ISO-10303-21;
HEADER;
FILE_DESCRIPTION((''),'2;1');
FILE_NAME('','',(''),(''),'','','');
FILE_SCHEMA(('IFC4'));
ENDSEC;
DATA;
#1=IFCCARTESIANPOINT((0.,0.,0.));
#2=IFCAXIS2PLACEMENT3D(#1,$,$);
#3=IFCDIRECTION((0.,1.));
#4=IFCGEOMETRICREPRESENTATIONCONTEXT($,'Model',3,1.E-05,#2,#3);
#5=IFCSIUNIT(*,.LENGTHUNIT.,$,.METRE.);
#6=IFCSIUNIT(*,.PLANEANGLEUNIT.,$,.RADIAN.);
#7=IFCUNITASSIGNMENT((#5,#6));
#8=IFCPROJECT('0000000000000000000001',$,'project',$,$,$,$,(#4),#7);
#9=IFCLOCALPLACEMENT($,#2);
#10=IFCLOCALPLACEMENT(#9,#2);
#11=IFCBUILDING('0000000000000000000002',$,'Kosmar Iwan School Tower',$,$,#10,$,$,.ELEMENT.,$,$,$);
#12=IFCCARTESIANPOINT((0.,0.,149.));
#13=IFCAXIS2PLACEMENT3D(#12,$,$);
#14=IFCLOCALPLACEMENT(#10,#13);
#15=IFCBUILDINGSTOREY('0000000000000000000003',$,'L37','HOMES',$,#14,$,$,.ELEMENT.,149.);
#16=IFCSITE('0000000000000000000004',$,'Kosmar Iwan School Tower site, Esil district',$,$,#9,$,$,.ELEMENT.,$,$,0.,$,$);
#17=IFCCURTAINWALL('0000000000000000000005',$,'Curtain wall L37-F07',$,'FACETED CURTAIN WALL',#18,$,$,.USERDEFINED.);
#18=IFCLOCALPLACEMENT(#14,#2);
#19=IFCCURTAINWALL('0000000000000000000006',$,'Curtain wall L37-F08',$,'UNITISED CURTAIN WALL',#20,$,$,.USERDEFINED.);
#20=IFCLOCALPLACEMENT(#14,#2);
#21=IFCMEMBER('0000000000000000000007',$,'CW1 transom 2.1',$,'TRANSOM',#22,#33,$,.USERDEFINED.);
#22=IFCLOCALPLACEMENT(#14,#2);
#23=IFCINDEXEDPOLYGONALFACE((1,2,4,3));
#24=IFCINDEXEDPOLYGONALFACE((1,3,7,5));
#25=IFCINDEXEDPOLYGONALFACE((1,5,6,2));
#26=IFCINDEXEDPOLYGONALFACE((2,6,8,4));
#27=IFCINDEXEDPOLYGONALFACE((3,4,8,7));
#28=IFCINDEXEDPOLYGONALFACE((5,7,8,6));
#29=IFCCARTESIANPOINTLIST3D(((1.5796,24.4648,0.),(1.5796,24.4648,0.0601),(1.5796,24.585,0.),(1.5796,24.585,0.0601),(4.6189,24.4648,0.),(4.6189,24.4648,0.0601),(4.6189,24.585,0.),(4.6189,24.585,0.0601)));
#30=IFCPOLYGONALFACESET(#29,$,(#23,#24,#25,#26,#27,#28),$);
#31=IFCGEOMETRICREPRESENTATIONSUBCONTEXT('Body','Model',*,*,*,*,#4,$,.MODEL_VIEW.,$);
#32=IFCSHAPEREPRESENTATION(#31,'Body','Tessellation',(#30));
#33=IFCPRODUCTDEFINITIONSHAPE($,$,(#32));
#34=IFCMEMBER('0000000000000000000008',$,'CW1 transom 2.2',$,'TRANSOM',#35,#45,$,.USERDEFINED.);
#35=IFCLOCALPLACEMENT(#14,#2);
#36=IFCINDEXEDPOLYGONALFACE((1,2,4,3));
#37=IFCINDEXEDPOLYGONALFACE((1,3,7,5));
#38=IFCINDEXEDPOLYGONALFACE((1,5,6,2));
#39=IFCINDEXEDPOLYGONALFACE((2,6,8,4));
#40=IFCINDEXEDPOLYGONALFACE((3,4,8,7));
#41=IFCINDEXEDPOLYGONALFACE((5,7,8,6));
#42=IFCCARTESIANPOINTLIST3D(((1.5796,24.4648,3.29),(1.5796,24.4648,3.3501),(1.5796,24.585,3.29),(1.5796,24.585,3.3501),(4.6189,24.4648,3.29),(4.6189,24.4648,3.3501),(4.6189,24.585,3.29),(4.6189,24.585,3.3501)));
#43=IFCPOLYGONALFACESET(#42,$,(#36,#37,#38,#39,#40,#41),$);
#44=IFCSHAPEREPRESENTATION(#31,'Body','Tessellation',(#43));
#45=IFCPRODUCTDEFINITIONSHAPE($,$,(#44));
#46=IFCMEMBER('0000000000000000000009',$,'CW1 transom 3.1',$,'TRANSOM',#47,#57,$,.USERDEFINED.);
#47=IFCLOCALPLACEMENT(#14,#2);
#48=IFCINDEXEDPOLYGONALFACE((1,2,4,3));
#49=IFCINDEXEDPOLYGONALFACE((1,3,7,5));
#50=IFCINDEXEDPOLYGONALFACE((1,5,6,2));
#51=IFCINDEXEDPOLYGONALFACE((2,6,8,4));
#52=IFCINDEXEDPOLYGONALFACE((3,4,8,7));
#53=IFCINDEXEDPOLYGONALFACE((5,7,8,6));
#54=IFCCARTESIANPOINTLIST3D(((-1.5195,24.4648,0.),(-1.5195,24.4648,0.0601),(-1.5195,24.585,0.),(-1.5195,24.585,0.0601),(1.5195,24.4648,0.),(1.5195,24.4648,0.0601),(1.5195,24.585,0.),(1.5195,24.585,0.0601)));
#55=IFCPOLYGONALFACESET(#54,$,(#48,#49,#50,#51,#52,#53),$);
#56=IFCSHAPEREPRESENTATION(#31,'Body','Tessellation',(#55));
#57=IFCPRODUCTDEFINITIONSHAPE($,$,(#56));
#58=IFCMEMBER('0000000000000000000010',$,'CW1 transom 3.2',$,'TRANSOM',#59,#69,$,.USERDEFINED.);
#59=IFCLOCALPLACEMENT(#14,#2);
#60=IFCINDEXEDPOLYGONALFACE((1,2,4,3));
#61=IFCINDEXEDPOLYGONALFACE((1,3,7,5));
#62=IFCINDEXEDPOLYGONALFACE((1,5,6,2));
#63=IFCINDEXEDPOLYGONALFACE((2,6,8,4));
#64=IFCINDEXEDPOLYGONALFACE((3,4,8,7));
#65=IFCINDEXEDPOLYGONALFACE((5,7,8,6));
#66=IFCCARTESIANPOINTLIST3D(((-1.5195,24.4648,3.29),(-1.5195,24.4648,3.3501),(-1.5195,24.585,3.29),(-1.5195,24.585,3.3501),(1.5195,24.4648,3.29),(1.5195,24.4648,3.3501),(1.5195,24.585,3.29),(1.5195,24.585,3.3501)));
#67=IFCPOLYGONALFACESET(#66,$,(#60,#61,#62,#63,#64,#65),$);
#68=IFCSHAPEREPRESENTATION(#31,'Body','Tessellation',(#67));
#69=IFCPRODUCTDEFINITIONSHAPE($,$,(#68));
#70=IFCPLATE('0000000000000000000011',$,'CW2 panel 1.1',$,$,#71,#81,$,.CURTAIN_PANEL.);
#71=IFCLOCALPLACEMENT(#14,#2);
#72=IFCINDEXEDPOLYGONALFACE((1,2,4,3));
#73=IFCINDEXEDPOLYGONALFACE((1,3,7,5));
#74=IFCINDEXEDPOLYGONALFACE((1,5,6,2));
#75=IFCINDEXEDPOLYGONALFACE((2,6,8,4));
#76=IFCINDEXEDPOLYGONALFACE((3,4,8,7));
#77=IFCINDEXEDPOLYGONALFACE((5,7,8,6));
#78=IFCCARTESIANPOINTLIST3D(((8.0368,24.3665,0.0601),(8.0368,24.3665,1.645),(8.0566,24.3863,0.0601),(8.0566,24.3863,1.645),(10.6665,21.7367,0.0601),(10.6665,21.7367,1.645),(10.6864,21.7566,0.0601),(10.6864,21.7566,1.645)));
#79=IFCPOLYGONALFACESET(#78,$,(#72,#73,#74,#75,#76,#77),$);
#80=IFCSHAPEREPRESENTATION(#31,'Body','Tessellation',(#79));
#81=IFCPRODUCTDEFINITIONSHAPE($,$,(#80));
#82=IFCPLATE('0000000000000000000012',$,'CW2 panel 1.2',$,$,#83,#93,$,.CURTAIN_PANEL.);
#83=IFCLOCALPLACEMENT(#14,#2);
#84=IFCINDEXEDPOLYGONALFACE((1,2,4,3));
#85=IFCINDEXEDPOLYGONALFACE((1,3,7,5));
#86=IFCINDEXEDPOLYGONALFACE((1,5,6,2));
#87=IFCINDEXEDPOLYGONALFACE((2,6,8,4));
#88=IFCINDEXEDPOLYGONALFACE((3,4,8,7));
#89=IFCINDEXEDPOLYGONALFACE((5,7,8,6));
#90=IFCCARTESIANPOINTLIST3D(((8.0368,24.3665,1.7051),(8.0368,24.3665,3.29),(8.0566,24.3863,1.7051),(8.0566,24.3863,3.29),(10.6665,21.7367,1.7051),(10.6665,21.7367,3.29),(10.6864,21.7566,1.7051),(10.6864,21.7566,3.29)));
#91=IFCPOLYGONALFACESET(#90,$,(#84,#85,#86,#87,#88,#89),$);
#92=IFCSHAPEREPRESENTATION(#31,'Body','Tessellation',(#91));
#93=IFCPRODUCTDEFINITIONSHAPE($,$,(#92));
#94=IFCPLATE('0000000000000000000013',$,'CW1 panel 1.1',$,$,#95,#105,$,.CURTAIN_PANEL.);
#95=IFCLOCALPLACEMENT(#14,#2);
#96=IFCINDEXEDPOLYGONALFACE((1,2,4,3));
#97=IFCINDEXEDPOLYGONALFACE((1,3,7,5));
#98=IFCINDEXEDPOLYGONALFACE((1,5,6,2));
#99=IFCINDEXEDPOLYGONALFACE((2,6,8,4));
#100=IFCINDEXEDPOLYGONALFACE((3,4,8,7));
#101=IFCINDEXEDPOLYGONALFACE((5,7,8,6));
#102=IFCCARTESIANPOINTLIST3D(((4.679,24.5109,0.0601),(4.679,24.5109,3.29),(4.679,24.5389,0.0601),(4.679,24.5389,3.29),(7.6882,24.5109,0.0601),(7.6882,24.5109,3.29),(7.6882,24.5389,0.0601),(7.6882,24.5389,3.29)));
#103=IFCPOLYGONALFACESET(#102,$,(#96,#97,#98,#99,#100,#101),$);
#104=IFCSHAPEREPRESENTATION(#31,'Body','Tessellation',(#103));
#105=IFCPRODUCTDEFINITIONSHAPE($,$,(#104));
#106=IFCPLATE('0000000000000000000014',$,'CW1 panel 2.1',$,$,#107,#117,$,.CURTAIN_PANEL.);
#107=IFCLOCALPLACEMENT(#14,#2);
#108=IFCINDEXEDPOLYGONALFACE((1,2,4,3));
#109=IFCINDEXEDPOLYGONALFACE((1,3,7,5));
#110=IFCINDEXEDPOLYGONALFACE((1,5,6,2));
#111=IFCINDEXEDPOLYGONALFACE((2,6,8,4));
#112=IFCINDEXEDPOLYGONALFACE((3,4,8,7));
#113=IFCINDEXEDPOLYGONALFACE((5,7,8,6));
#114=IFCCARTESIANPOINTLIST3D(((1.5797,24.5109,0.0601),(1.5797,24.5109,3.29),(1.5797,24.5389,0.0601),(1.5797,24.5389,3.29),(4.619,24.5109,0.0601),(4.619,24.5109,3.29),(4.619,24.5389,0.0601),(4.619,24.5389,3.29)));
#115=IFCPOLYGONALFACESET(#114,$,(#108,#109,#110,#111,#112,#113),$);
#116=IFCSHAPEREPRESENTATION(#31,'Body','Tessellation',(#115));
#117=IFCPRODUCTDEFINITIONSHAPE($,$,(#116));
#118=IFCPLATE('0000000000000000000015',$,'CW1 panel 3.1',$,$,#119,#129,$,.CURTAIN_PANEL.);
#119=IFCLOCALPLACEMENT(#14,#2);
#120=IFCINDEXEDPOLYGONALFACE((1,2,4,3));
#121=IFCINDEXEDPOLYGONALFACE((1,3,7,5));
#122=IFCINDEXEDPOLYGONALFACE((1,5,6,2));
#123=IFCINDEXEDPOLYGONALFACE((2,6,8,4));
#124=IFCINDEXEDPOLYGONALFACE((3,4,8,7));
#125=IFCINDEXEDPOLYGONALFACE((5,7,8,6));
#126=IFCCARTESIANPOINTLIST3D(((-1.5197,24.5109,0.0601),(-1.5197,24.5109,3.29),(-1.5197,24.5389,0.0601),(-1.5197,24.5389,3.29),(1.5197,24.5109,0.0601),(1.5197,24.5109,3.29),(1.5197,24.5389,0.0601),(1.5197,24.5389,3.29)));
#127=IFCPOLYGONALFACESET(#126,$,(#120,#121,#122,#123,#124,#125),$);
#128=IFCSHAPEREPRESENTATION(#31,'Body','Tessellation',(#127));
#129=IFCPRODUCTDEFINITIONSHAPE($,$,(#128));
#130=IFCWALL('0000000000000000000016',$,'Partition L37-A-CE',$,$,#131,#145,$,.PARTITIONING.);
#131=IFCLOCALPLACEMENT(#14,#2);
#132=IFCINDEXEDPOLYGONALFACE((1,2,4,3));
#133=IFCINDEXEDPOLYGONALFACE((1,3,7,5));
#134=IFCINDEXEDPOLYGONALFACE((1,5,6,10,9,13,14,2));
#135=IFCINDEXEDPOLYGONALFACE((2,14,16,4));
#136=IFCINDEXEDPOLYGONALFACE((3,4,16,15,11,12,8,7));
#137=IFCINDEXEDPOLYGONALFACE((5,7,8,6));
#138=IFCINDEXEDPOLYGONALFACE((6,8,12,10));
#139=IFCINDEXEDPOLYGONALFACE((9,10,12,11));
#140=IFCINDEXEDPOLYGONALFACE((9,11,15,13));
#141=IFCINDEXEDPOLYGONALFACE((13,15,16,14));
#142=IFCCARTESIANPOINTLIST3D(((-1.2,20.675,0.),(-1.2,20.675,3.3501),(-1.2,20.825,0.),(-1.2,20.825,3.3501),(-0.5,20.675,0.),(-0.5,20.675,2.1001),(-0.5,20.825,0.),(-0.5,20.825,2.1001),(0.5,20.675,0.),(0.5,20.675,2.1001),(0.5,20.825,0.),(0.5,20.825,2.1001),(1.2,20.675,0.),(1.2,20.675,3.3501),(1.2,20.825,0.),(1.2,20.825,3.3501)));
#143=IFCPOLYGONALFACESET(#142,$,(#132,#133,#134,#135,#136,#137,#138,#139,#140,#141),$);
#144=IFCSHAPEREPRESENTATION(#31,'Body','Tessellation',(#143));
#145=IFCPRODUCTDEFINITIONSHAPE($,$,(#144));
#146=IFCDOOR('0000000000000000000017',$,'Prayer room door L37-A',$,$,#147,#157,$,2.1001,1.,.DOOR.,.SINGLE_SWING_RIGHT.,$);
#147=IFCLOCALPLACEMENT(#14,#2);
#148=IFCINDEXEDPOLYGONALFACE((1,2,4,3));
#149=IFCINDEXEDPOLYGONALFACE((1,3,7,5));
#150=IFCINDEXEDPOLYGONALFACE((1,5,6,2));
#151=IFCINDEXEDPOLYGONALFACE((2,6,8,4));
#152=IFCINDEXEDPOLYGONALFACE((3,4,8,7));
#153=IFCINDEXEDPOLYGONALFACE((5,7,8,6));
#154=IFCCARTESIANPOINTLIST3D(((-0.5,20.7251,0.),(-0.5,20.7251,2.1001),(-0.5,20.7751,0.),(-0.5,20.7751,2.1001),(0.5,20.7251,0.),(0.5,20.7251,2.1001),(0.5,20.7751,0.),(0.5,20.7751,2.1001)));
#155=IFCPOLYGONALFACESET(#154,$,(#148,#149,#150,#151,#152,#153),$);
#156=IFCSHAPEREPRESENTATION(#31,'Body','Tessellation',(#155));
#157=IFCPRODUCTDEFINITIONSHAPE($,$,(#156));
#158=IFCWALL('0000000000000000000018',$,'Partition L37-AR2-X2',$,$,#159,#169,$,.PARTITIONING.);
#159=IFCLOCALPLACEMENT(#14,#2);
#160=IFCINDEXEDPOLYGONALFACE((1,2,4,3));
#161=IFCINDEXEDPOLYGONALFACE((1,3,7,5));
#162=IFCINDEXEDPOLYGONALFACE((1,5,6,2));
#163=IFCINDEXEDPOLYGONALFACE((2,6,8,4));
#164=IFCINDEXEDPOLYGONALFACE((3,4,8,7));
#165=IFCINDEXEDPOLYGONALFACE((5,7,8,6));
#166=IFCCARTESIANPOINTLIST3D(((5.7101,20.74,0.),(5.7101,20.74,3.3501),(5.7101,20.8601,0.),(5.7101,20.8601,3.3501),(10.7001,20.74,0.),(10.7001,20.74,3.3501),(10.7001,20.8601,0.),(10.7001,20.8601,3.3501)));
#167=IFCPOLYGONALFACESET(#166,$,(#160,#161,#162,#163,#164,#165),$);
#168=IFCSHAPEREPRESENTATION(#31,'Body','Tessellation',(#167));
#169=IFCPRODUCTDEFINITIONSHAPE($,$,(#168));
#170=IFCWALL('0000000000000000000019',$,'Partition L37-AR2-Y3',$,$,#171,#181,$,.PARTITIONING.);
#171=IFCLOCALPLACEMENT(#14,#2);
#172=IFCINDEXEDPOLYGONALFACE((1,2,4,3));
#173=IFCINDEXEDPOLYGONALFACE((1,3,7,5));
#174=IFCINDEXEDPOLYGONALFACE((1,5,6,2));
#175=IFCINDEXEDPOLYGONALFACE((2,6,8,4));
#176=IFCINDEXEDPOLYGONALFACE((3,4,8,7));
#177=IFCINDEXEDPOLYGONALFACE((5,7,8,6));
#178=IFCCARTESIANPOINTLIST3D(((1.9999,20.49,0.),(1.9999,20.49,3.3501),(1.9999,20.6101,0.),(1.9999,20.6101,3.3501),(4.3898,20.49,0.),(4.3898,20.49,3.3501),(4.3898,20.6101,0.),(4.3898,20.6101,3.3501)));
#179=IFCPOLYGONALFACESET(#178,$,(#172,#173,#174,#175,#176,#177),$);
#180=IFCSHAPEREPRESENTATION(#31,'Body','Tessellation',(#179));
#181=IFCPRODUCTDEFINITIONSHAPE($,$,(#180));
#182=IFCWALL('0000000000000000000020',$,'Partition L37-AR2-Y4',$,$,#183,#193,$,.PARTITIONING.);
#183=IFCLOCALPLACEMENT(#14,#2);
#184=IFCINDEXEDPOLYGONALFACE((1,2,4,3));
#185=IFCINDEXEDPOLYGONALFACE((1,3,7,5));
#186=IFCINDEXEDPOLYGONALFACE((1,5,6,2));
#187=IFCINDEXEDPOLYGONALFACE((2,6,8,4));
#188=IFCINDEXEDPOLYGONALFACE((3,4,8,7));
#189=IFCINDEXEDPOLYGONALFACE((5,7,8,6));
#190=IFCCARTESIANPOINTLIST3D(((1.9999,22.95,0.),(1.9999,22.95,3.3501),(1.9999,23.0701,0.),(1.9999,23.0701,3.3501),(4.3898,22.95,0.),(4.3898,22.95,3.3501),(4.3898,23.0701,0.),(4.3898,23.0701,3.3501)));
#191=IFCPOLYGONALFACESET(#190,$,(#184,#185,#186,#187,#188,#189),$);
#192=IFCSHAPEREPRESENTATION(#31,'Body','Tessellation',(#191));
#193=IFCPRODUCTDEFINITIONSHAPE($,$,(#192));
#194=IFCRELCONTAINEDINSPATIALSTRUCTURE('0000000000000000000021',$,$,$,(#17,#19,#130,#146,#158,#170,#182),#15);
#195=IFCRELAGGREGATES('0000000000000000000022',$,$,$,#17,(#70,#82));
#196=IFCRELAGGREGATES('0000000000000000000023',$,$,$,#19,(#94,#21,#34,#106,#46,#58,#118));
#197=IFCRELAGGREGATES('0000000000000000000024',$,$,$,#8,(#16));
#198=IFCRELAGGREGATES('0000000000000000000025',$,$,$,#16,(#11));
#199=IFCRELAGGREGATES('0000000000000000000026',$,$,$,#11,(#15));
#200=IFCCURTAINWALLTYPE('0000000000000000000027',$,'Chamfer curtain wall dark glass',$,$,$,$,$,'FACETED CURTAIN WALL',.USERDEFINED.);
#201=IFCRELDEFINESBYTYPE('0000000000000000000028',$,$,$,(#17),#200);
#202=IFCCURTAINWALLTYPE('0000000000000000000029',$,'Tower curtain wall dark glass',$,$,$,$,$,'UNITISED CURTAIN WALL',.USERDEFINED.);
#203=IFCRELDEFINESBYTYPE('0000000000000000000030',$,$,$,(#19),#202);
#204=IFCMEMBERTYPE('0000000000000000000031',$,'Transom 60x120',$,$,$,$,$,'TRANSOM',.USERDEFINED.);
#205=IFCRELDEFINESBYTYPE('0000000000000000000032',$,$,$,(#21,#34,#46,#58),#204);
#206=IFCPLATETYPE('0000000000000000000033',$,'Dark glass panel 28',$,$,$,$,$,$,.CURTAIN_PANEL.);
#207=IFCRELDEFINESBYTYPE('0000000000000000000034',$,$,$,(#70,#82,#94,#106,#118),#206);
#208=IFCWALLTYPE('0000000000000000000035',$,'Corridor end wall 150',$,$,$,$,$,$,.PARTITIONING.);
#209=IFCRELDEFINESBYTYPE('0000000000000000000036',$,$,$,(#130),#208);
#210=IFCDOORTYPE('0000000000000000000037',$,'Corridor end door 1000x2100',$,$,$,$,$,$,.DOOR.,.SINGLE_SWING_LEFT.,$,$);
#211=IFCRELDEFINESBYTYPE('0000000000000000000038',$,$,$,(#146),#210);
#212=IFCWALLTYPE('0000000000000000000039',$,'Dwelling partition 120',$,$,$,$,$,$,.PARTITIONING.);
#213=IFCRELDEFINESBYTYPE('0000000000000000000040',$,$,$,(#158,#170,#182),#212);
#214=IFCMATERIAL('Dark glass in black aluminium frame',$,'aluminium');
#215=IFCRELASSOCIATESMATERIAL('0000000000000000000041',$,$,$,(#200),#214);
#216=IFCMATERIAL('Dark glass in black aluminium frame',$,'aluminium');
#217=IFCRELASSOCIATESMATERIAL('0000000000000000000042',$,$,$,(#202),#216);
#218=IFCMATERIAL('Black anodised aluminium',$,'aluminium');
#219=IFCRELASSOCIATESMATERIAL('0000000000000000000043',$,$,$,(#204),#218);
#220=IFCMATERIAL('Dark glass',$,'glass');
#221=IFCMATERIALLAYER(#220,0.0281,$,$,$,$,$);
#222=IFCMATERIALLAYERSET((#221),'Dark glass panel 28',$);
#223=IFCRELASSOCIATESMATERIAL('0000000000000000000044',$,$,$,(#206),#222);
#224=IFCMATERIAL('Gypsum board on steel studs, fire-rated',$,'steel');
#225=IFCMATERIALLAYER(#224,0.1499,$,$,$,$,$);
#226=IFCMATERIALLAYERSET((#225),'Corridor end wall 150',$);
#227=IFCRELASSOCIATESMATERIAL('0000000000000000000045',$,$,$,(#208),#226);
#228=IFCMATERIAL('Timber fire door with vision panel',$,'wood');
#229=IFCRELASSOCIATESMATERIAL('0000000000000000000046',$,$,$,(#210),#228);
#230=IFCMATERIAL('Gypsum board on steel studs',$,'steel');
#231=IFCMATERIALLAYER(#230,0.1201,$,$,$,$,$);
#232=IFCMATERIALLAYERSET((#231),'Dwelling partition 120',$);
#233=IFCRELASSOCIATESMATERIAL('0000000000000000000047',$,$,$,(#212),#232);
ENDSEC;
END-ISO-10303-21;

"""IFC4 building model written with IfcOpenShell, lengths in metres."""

from ifc_helpers import new_model, si_unit, direction, frame, frame_2d, origin, origin_2d, place, context, subcontext, project, spatial, rectangle, extrude, material, layer, layer_set, material_profile, profile_set, type_object, element, fill, aggregate, save


model = new_model("IFC4")

# Units and contexts
model_context = context("Model", 3, precision=1e-05, world=origin(), true_north=direction((0.0, 1.0)))
body_context = subcontext(model_context, "Body", "Model", "MODEL_VIEW")
ifc_project = project(units=[si_unit("LENGTHUNIT", "METRE"), si_unit("PLANEANGLEUNIT", "RADIAN")], contexts=[model_context])

# Site, building, storey
site_placement = place(None, origin())
site = spatial("IfcSite", under=ifc_project, at=site_placement, Name="Kosmar Iwan School Tower site, Esil district", CompositionType="ELEMENT", RefElevation=0.0)
building_placement = place(site_placement, origin())
building = spatial("IfcBuilding", under=site, at=building_placement, Name="Kosmar Iwan School Tower", CompositionType="ELEMENT")
storey_placement = place(building_placement, frame((0.0, 0.0, 149.0)))
storey = spatial("IfcBuildingStorey", under=building, at=storey_placement, Name="L37", Description="HOMES", CompositionType="ELEMENT", Elevation=149.0)

# Curtain walls
ifc_material_1 = material(Name="Dark glass in black aluminium frame", Category="aluminium")
curtain_wall_type_1 = type_object("IfcCurtainWallType", Name="Chamfer curtain wall dark glass", ElementType="FACETED CURTAIN WALL", PredefinedType="USERDEFINED", material=ifc_material_1)
curtain_wall_1_placement = place(storey_placement, origin())
curtain_wall_1 = element("IfcCurtainWall", 1, at=curtain_wall_1_placement, inside=storey, type_object=curtain_wall_type_1, Name="Curtain wall L37-F07", ObjectType="FACETED CURTAIN WALL", PredefinedType="USERDEFINED")
ifc_material_2 = material(Name="Dark glass in black aluminium frame", Category="aluminium")
curtain_wall_type_2 = type_object("IfcCurtainWallType", Name="Tower curtain wall dark glass", ElementType="UNITISED CURTAIN WALL", PredefinedType="USERDEFINED", material=ifc_material_2)
curtain_wall_2_placement = place(storey_placement, origin())
curtain_wall_2 = element("IfcCurtainWall", 2, at=curtain_wall_2_placement, inside=storey, type_object=curtain_wall_type_2, Name="Curtain wall L37-F08", ObjectType="UNITISED CURTAIN WALL", PredefinedType="USERDEFINED")

# Members
ifc_material_3 = material(Name="Black anodised aluminium", Category="aluminium")
ifc_material_profile_1 = material_profile(ifc_material_3, rectangle(XDim=0.1201, YDim=0.0601, at=origin_2d()), Name="TRANSOM 60x120")
ifc_profile_set_1 = profile_set([ifc_material_profile_1], Name="Black anodised aluminium")
member_type_1 = type_object("IfcMemberType", Name="Transom 60x120", ElementType="TRANSOM", PredefinedType="USERDEFINED", material=ifc_profile_set_1)
member_1_placement = place(storey_placement, frame((4.6189, 24.5249, 0.03), z_axis=(-1.0, 0.0, 0.0), x_axis=(0.0, -1.0, 0.0)))
member_1 = element("IfcMember", 3, at=member_1_placement, type_object=member_type_1, Name="CW1 transom 2.1", ObjectType="TRANSOM", PredefinedType="USERDEFINED", context=body_context, shape_type="SweptSolid", body=[
    extrude(rectangle(XDim=0.1201, YDim=0.0601, at=origin_2d()), origin(), (0.0, 0.0, 1.0), 3.0393),
])
member_2_placement = place(storey_placement, frame((4.6189, 24.5249, 3.3201), z_axis=(-1.0, 0.0, 0.0), x_axis=(0.0, -1.0, 0.0)))
member_2 = element("IfcMember", 4, at=member_2_placement, type_object=member_type_1, Name="CW1 transom 2.2", ObjectType="TRANSOM", PredefinedType="USERDEFINED", context=body_context, shape_type="SweptSolid", body=[
    extrude(rectangle(XDim=0.1201, YDim=0.0601, at=origin_2d()), origin(), (0.0, 0.0, 1.0), 3.0393),
])
member_3_placement = place(storey_placement, frame((1.5195, 24.5249, 0.03), z_axis=(-1.0, 0.0, 0.0), x_axis=(0.0, -1.0, 0.0)))
member_3 = element("IfcMember", 5, at=member_3_placement, type_object=member_type_1, Name="CW1 transom 3.1", ObjectType="TRANSOM", PredefinedType="USERDEFINED", context=body_context, shape_type="SweptSolid", body=[
    extrude(rectangle(XDim=0.1201, YDim=0.0601, at=origin_2d()), origin(), (0.0, 0.0, 1.0), 3.0391),
])
member_4_placement = place(storey_placement, frame((1.5195, 24.5249, 3.3201), z_axis=(-1.0, 0.0, 0.0), x_axis=(0.0, -1.0, 0.0)))
member_4 = element("IfcMember", 6, at=member_4_placement, type_object=member_type_1, Name="CW1 transom 3.2", ObjectType="TRANSOM", PredefinedType="USERDEFINED", context=body_context, shape_type="SweptSolid", body=[
    extrude(rectangle(XDim=0.1201, YDim=0.0601, at=origin_2d()), origin(), (0.0, 0.0, 1.0), 3.0391),
])

# Plates
ifc_material_4 = material(Name="Dark glass", Category="glass")
ifc_layer_1 = layer(ifc_material_4, 0.0281)
ifc_layer_set_1 = layer_set([ifc_layer_1], Name="Dark glass panel 28")
plate_type = type_object("IfcPlateType", Name="Dark glass panel 28", PredefinedType="CURTAIN_PANEL", material=ifc_layer_set_1)
plate_1_placement = place(storey_placement, frame((9.3616, 23.0615, 0.0601), z_axis=(0.0, 0.0, 1.0), x_axis=(-0.707107, 0.707107, 0.0)))
plate_1 = element("IfcPlate", 7, at=plate_1_placement, type_object=plate_type, Name="CW2 panel 1.1", PredefinedType="CURTAIN_PANEL", context=body_context, shape_type="SweptSolid", body=[
    extrude(rectangle(XDim=3.719, YDim=0.0281, at=origin_2d()), origin(), (0.0, 0.0, 1.0), 1.585),
])
plate_2_placement = place(storey_placement, frame((9.3616, 23.0615, 1.7051), z_axis=(0.0, 0.0, 1.0), x_axis=(-0.707107, 0.707107, 0.0)))
plate_2 = element("IfcPlate", 8, at=plate_2_placement, type_object=plate_type, Name="CW2 panel 1.2", PredefinedType="CURTAIN_PANEL", context=body_context, shape_type="SweptSolid", body=[
    extrude(rectangle(XDim=3.719, YDim=0.0281, at=origin_2d()), origin(), (0.0, 0.0, 1.0), 1.585),
])
aggregate(curtain_wall_1, [plate_1, plate_2])
plate_3_placement = place(storey_placement, frame((6.1836, 24.5249, 0.0601), z_axis=(0.0, 0.0, 1.0), x_axis=(-1.0, 0.0, 0.0)))
plate_3 = element("IfcPlate", 9, at=plate_3_placement, type_object=plate_type, Name="CW1 panel 1.1", PredefinedType="CURTAIN_PANEL", context=body_context, shape_type="SweptSolid", body=[
    extrude(rectangle(XDim=3.0093, YDim=0.0281, at=origin_2d()), origin(), (0.0, 0.0, 1.0), 3.23),
])
plate_4_placement = place(storey_placement, frame((3.0994, 24.5249, 0.0601), z_axis=(0.0, 0.0, 1.0), x_axis=(-1.0, 0.0, 0.0)))
plate_4 = element("IfcPlate", 10, at=plate_4_placement, type_object=plate_type, Name="CW1 panel 2.1", PredefinedType="CURTAIN_PANEL", context=body_context, shape_type="SweptSolid", body=[
    extrude(rectangle(XDim=3.0393, YDim=0.0281, at=origin_2d()), origin(), (0.0, 0.0, 1.0), 3.23),
])
plate_5_placement = place(storey_placement, frame((0.0, 24.5249, 0.0601), z_axis=(0.0, 0.0, 1.0), x_axis=(-1.0, 0.0, 0.0)))
plate_5 = element("IfcPlate", 11, at=plate_5_placement, type_object=plate_type, Name="CW1 panel 3.1", PredefinedType="CURTAIN_PANEL", context=body_context, shape_type="SweptSolid", body=[
    extrude(rectangle(XDim=3.0393, YDim=0.0281, at=origin_2d()), origin(), (0.0, 0.0, 1.0), 3.23),
])
aggregate(curtain_wall_2, [plate_3, member_1, member_2, plate_4, member_3, member_4, plate_5])

# Wall, opening, door
ifc_material_5 = material(Name="Gypsum board on steel studs, fire-rated", Category="steel")
ifc_layer_2 = layer(ifc_material_5, 0.1499)
ifc_layer_set_2 = layer_set([ifc_layer_2], Name="Corridor end wall 150")
wall_type_1 = type_object("IfcWallType", Name="Corridor end wall 150", PredefinedType="PARTITIONING", material=ifc_layer_set_2)
wall_1_placement = place(storey_placement, frame((1.2, 20.75, 0.0), z_axis=(0.0, 0.0, 1.0), x_axis=(-1.0, 0.0, 0.0)))
wall_1 = element("IfcWall", 12, at=wall_1_placement, inside=storey, type_object=wall_type_1, Name="Partition L37-A-CE", PredefinedType="PARTITIONING", context=body_context, shape_type="SweptSolid", body=[
    extrude(rectangle(XDim=2.3999, YDim=0.1499, at=frame_2d((1.2, 0.0))), origin(), (0.0, 0.0, 1.0), 3.3501),
])
opening_placement = place(wall_1_placement, frame((0.7, 0.0, 0.0)))
opening = element("IfcOpeningElement", 13, at=opening_placement, cuts=wall_1, PredefinedType="OPENING", context=body_context, shape_type="SweptSolid", body=[
    extrude(rectangle(XDim=1.0, YDim=2.1001, at=frame_2d((0.5, 1.05))), frame((0.0, 0.0869, 0.0), z_axis=(0.0, -1.0, 0.0), x_axis=(1.0, 0.0, 0.0)), (0.0, 0.0, 1.0), 0.1738),
])
ifc_material_6 = material(Name="Timber fire door with vision panel", Category="wood")
door_type = type_object("IfcDoorType", Name="Corridor end door 1000x2100", OperationType="SINGLE_SWING_LEFT", PredefinedType="DOOR", material=ifc_material_6)
door_placement = place(opening_placement, origin())
door = element("IfcDoor", 14, at=door_placement, inside=storey, type_object=door_type, Name="Prayer room door L37-A", OperationType="SINGLE_SWING_RIGHT", OverallHeight=2.1001, OverallWidth=1.0, PredefinedType="DOOR", context=body_context, shape_type="SweptSolid", body=[
    extrude(rectangle(XDim=1.0, YDim=2.1001, at=frame_2d((0.5, 1.05))), frame((0.0, 0.0249, 0.0), z_axis=(0.0, -1.0, 0.0), x_axis=(1.0, 0.0, 0.0)), (0.0, 0.0, 1.0), 0.05),
])
fill(opening, door)

# Walls
ifc_material_7 = material(Name="Gypsum board on steel studs", Category="steel")
ifc_layer_3 = layer(ifc_material_7, 0.1201)
ifc_layer_set_3 = layer_set([ifc_layer_3], Name="Dwelling partition 120")
wall_type_2 = type_object("IfcWallType", Name="Dwelling partition 120", PredefinedType="PARTITIONING", material=ifc_layer_set_3)
wall_2_placement = place(storey_placement, frame((5.71, 20.8, 0.0), z_axis=(0.0, 0.0, 1.0), x_axis=(1.0, 0.0, 0.0)))
element("IfcWall", 15, at=wall_2_placement, inside=storey, type_object=wall_type_2, Name="Partition L37-AR2-X2", PredefinedType="PARTITIONING", context=body_context, shape_type="SweptSolid", body=[
    extrude(rectangle(XDim=4.99, YDim=0.1201, at=frame_2d((2.4951, 0.0))), origin(), (0.0, 0.0, 1.0), 3.3501),
])
for number, where, z_axis, x_axis, name in (
    (16, (2.0, 20.55, 0.0), (0.0, 0.0, 1.0), (1.0, 0.0, 0.0), "Partition L37-AR2-Y3"),
    (17, (2.0, 23.01, 0.0), (0.0, 0.0, 1.0), (1.0, 0.0, 0.0), "Partition L37-AR2-Y4"),
):
    element("IfcWall", number, at=place(storey_placement, frame(where, z_axis=z_axis, x_axis=x_axis)), inside=storey, type_object=wall_type_2, Name=name, PredefinedType="PARTITIONING", context=body_context, shape_type="SweptSolid", body=[
        extrude(rectangle(XDim=2.3899, YDim=0.1201, at=frame_2d((1.1948, 0.0))), origin(), (0.0, 0.0, 1.0), 3.3501),
    ])

save(model, "model.ifc")
